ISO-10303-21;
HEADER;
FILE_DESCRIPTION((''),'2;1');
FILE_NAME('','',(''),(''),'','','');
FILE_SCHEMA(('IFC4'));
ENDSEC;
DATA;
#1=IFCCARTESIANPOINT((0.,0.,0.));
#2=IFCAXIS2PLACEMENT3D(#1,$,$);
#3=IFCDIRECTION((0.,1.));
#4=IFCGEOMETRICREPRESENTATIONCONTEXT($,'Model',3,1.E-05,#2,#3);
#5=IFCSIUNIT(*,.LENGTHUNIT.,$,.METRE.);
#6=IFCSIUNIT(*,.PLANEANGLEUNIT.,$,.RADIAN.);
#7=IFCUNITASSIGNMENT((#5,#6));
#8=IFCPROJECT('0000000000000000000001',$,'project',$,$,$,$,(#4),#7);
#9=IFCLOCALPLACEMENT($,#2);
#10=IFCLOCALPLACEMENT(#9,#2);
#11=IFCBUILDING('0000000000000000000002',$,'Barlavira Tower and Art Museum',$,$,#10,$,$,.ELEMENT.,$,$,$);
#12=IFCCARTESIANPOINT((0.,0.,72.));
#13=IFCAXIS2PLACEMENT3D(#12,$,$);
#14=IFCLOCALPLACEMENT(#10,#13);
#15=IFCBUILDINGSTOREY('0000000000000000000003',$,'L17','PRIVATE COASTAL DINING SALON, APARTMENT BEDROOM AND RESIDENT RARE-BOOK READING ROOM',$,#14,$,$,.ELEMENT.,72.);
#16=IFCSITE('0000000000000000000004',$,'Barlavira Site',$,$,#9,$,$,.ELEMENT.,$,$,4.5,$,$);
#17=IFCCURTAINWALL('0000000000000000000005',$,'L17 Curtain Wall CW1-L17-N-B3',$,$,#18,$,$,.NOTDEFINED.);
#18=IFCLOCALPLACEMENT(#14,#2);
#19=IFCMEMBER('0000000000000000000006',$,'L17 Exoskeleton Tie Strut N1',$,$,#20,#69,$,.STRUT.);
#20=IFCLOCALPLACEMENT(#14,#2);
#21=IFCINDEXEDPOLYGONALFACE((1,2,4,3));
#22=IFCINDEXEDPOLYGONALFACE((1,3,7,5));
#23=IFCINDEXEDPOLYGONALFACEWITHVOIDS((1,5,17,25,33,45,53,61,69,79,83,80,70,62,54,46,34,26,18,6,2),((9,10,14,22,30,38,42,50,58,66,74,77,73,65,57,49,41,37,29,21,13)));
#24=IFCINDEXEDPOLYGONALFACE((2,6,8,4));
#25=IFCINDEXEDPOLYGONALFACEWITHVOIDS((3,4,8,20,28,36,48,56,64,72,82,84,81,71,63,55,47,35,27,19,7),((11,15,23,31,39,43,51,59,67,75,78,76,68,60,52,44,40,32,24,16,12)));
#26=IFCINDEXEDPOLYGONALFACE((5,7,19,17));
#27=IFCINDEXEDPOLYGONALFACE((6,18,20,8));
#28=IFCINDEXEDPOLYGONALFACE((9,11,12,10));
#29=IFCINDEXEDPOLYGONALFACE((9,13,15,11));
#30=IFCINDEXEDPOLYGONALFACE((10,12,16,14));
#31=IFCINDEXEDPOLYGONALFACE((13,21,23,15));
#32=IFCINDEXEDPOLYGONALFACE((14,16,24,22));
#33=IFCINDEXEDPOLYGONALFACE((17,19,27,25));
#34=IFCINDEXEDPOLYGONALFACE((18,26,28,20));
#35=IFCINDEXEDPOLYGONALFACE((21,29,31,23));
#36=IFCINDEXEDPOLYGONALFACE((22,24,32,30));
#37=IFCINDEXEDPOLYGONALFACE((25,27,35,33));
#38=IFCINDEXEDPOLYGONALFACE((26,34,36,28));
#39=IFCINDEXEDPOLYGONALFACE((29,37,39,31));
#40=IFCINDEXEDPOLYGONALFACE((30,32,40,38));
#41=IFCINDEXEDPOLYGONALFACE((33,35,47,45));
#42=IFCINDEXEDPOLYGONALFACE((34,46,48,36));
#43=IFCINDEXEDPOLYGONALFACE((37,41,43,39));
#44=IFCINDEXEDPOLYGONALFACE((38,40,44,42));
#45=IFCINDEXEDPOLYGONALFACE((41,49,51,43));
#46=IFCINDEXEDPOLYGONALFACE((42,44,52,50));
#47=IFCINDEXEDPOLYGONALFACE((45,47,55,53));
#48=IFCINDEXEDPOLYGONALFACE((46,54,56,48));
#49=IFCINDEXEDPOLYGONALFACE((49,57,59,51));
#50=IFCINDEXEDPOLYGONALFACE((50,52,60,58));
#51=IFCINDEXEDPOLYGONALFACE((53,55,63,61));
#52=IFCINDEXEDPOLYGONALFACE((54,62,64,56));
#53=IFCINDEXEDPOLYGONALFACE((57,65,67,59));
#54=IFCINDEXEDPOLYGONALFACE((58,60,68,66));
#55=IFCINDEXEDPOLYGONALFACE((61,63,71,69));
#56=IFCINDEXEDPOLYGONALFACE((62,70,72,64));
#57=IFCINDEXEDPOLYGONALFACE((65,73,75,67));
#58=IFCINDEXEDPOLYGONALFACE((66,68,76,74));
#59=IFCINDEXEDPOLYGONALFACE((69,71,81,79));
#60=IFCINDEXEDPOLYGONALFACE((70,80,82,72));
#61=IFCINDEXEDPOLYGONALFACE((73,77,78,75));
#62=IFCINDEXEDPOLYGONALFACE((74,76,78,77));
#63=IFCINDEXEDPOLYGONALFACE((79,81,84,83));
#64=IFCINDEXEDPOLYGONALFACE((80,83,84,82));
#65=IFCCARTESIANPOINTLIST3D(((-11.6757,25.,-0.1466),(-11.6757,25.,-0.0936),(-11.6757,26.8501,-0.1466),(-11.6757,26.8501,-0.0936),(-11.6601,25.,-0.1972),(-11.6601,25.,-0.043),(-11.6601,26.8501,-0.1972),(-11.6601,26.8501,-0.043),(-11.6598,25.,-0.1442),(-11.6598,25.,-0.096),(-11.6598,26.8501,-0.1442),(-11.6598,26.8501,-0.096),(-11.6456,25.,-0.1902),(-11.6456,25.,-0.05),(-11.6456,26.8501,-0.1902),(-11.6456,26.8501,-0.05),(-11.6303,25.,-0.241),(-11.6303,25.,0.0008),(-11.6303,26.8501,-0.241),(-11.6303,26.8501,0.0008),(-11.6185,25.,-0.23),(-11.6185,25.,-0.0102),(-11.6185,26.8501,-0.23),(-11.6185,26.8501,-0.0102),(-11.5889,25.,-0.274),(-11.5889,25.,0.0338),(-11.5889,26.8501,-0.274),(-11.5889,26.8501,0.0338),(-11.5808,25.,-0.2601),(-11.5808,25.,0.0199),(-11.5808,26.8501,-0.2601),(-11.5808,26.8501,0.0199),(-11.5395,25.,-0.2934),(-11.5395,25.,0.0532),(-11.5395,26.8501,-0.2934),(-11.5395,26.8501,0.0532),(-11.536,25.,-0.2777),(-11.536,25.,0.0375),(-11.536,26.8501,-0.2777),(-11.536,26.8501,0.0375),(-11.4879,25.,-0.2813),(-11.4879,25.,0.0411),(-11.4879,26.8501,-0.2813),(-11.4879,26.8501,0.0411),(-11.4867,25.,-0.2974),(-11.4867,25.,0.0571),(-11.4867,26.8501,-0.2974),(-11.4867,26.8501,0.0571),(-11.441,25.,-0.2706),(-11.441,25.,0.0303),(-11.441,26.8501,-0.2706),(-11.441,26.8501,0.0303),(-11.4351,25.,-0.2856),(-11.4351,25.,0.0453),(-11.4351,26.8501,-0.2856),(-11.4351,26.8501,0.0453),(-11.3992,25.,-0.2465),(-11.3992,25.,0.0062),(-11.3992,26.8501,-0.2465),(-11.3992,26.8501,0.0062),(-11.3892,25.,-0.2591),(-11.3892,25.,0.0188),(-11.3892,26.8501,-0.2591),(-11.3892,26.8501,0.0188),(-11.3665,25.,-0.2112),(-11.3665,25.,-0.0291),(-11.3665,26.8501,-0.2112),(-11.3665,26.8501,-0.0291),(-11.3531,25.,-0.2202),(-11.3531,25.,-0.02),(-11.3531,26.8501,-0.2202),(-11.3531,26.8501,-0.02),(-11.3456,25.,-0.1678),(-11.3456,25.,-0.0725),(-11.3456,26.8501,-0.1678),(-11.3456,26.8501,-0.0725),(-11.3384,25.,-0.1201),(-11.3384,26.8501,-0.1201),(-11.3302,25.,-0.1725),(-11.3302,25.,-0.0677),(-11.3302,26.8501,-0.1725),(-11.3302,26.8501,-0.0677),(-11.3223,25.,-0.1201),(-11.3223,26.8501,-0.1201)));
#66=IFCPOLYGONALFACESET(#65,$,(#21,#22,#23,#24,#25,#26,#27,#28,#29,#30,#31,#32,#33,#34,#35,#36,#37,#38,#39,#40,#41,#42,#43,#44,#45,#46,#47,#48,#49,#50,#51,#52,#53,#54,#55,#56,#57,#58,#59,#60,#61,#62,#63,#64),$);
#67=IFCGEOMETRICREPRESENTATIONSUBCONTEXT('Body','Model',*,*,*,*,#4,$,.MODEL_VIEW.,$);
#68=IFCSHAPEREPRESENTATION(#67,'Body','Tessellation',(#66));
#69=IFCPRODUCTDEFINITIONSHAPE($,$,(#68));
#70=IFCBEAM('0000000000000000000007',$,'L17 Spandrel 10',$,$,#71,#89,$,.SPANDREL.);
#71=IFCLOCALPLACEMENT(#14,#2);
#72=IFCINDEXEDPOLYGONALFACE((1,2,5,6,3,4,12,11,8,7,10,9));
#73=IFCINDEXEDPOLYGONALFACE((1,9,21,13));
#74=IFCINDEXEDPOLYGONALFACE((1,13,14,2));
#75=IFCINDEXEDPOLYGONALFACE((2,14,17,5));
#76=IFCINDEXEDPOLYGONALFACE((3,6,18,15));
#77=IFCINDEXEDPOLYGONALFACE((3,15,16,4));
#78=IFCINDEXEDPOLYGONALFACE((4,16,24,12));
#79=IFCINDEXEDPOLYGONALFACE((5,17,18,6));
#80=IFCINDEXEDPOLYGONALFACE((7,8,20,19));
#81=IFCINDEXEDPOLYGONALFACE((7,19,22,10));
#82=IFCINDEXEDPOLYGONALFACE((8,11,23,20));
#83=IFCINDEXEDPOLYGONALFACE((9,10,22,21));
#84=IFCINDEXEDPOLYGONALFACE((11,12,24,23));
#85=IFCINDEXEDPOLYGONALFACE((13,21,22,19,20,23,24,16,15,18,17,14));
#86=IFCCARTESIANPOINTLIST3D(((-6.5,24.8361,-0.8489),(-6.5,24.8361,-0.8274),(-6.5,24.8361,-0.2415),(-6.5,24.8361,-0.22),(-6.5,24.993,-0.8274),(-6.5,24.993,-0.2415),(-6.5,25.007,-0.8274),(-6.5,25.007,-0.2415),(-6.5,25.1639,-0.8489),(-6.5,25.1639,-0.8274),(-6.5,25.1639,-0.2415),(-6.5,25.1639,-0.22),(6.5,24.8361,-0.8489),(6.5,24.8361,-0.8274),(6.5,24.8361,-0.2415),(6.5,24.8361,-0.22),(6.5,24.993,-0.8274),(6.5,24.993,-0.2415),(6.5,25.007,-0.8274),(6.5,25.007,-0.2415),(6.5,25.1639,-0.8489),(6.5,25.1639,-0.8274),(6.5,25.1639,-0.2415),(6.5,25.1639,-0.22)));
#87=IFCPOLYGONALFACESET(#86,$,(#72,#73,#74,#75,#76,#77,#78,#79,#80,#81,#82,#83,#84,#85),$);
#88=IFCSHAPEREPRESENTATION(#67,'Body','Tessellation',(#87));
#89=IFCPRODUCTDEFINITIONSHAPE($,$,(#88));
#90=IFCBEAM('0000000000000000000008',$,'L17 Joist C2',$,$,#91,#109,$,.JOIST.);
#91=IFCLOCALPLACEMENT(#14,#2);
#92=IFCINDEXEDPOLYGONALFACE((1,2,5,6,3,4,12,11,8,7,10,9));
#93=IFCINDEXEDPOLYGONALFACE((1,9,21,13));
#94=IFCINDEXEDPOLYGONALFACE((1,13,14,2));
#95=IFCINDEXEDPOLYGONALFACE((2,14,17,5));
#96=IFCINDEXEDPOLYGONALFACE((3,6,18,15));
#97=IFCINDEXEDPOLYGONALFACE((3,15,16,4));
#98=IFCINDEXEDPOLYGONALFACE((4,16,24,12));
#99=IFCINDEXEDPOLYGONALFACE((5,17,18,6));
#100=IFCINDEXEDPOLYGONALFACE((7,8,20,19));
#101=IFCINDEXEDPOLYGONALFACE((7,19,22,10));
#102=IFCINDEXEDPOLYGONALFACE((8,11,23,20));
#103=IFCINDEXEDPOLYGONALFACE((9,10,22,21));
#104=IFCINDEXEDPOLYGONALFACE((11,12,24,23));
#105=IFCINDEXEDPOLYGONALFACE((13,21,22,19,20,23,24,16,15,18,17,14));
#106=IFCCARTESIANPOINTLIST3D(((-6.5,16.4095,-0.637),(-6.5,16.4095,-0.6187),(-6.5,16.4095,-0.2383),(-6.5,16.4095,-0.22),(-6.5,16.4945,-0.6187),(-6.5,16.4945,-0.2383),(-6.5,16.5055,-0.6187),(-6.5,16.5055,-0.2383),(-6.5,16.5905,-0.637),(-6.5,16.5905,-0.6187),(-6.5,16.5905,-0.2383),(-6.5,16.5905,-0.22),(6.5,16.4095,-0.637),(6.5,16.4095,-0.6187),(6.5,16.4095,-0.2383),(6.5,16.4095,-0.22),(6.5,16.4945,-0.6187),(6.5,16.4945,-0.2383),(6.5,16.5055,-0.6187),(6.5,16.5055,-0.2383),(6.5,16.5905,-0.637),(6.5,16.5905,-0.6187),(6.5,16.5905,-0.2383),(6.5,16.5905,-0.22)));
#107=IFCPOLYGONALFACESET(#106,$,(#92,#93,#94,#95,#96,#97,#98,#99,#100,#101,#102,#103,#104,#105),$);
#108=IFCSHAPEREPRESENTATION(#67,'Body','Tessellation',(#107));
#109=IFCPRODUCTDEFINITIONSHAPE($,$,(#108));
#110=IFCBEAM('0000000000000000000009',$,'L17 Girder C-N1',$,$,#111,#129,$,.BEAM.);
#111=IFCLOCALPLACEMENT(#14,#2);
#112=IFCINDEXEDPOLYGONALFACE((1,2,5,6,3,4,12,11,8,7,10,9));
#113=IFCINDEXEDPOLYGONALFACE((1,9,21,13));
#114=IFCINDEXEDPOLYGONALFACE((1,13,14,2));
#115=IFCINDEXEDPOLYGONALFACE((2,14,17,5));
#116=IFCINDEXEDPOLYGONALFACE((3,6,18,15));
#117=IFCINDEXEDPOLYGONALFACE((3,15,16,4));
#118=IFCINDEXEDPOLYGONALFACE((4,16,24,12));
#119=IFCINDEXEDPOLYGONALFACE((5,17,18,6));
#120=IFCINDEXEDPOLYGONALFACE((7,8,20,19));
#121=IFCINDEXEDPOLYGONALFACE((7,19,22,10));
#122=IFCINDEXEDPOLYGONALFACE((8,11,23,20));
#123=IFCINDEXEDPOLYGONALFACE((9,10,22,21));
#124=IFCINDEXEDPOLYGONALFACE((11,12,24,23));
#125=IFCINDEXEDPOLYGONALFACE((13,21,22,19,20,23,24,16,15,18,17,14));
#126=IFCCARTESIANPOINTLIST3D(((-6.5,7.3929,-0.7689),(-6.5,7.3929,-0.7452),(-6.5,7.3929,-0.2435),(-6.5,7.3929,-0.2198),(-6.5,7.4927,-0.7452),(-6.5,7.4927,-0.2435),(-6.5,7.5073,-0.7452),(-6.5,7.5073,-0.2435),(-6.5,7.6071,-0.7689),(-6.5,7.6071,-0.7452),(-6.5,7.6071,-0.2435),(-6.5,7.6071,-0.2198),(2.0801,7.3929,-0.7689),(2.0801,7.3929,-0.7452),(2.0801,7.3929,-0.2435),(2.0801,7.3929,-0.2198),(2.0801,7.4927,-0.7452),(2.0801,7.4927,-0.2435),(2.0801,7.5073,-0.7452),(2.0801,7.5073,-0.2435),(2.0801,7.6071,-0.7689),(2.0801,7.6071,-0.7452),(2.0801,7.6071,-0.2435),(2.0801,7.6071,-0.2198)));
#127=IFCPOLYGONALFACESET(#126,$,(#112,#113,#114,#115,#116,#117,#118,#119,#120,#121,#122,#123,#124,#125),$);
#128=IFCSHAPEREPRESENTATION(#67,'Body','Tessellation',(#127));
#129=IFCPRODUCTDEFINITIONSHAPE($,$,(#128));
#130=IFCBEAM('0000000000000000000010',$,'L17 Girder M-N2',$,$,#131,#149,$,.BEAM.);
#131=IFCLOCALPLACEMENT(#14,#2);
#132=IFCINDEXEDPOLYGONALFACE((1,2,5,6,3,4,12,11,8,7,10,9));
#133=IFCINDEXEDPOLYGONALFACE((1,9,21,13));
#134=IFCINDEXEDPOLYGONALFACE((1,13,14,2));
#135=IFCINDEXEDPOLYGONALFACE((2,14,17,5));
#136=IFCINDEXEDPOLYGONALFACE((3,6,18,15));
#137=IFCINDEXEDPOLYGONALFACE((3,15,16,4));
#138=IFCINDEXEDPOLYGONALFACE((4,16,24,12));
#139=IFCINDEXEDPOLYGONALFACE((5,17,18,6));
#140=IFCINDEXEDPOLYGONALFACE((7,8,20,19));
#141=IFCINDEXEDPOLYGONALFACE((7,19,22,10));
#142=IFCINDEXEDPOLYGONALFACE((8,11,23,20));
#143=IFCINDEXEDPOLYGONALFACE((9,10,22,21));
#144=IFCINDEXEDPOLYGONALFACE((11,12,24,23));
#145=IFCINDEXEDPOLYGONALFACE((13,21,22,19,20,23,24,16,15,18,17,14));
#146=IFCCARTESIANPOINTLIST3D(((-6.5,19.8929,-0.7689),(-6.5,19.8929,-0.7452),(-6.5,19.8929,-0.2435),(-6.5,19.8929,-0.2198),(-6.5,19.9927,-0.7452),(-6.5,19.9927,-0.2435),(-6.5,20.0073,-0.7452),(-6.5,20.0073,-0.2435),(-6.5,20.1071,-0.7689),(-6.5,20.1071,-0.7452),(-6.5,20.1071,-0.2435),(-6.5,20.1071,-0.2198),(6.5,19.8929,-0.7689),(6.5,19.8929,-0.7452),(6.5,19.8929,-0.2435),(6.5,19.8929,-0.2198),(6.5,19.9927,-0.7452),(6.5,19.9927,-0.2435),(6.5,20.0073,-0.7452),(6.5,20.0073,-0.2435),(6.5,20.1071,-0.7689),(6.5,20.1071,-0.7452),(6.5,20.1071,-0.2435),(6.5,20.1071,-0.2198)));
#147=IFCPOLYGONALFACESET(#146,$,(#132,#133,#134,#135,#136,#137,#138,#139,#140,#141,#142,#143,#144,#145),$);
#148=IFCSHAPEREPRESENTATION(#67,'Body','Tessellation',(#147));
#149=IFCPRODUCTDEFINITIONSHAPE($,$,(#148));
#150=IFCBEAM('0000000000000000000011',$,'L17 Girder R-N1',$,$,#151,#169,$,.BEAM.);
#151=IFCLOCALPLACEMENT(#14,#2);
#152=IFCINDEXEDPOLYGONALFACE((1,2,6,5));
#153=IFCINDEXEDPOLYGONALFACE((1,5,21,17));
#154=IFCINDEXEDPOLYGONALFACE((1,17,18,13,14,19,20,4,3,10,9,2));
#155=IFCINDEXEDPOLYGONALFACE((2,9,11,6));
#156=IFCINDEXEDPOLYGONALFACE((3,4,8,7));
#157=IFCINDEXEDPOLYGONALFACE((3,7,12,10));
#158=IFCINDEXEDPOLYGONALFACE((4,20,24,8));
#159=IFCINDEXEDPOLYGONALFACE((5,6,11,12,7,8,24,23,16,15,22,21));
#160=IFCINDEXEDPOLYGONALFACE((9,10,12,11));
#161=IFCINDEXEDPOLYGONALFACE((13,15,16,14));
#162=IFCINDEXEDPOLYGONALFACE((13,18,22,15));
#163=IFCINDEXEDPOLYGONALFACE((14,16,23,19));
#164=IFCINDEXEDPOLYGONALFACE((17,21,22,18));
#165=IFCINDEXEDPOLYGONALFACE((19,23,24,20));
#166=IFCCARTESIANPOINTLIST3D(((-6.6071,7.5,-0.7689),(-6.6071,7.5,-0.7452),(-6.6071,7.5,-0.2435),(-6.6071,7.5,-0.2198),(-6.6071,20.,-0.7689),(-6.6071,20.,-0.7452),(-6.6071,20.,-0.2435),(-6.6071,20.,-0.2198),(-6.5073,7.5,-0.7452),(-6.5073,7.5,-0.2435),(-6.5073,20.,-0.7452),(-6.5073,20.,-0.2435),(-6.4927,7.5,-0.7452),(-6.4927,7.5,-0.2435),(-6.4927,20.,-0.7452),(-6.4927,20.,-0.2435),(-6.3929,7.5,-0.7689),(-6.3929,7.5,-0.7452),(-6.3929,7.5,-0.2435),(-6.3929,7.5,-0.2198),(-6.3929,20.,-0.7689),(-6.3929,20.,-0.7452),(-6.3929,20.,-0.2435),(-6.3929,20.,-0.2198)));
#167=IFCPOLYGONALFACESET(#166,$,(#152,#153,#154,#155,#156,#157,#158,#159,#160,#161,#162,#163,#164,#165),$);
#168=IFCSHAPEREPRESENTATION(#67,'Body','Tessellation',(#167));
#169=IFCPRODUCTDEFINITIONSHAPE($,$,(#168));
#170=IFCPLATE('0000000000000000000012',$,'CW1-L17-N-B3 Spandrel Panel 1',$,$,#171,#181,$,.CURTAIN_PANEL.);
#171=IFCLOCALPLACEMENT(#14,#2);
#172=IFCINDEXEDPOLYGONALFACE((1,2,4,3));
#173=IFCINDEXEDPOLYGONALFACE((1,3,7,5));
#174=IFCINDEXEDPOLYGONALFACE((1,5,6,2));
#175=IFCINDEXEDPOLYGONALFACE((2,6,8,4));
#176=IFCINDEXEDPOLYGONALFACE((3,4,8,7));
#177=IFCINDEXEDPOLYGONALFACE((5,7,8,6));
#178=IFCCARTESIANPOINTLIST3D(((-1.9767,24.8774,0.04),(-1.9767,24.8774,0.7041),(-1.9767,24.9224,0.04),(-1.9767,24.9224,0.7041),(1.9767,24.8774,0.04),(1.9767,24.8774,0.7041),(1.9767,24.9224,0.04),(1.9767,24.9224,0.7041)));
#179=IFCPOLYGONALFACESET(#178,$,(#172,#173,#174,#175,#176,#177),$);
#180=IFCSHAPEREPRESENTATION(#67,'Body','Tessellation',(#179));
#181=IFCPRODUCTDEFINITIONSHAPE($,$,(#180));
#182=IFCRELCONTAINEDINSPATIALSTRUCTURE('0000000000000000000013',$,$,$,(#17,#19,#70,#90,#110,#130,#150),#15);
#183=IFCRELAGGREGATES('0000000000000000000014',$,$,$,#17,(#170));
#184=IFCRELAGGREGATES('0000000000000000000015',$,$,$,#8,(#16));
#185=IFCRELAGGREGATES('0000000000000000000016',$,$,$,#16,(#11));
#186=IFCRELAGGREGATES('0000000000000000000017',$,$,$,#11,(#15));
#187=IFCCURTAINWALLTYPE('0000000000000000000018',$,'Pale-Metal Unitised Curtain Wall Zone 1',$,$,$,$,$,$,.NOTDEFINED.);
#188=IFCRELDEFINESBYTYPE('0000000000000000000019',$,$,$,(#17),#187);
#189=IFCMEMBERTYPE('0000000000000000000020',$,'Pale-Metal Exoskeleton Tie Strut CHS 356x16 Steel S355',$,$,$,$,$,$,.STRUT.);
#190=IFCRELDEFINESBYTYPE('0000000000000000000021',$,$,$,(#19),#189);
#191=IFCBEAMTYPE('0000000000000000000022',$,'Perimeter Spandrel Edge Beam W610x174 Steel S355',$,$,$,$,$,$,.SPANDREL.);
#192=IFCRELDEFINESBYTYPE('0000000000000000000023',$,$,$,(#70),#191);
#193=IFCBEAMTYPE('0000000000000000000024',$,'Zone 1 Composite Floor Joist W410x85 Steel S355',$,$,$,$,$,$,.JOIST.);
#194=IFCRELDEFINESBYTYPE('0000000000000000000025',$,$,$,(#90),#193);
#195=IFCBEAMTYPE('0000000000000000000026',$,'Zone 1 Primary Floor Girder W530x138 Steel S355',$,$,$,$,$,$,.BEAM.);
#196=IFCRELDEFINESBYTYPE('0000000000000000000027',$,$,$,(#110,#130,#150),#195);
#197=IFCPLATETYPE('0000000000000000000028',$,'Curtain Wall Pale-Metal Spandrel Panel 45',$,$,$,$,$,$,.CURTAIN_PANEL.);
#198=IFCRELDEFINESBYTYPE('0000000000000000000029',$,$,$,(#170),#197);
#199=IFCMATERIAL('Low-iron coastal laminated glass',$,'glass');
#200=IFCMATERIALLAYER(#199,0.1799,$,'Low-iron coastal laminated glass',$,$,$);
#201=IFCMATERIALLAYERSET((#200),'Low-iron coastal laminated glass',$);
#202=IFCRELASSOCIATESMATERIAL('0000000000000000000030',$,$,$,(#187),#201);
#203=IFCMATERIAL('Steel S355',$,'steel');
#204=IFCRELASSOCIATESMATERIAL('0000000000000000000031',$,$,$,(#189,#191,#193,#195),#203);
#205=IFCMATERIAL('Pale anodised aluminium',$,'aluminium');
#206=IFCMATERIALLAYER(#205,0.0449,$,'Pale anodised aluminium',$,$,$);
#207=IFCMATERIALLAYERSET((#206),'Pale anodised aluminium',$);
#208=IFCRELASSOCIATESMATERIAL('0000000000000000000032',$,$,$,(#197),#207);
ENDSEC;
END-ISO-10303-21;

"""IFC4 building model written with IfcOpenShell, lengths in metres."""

from ifc_helpers import new_model, si_unit, direction, frame, origin, origin_2d, place, context, subcontext, project, spatial, rectangle, hollow_circle, i_section, extrude, material, layer, layer_set, material_profile, profile_set, type_object, element, aggregate, save


model = new_model("IFC4")

# Units and contexts
model_context = context("Model", 3, precision=1e-05, world=origin(), true_north=direction((0.0, 1.0)))
body_context = subcontext(model_context, "Body", "Model", "MODEL_VIEW")
ifc_project = project(units=[si_unit("LENGTHUNIT", "METRE"), si_unit("PLANEANGLEUNIT", "RADIAN")], contexts=[model_context])

# Site, building, storey
site_placement = place(None, origin())
site = spatial("IfcSite", under=ifc_project, at=site_placement, Name="Barlavira Site", CompositionType="ELEMENT", RefElevation=4.5)
building_placement = place(site_placement, origin())
building = spatial("IfcBuilding", under=site, at=building_placement, Name="Barlavira Tower and Art Museum", CompositionType="ELEMENT")
storey_placement = place(building_placement, frame((0.0, 0.0, 72.0)))
storey = spatial("IfcBuildingStorey", under=building, at=storey_placement, Name="L17", Description="PRIVATE COASTAL DINING SALON, APARTMENT BEDROOM AND RESIDENT RARE-BOOK READING ROOM", CompositionType="ELEMENT", Elevation=72.0)

# Shared definitions
ifc_material_1 = material(Name="Steel S355", Category="steel")

# Curtain wall
ifc_material_2 = material(Name="Low-iron coastal laminated glass", Category="glass")
ifc_layer_1 = layer(ifc_material_2, 0.1799, Name="Low-iron coastal laminated glass")
ifc_layer_set_1 = layer_set([ifc_layer_1], Name="Low-iron coastal laminated glass")
curtain_wall_type = type_object("IfcCurtainWallType", Name="Pale-Metal Unitised Curtain Wall Zone 1", PredefinedType="NOTDEFINED", material=ifc_layer_set_1)
curtain_wall_placement = place(storey_placement, origin())
curtain_wall = element("IfcCurtainWall", 1, at=curtain_wall_placement, inside=storey, type_object=curtain_wall_type, Name="L17 Curtain Wall CW1-L17-N-B3", PredefinedType="NOTDEFINED")
ifc_material_3 = material(Name="Pale anodised aluminium", Category="aluminium")

# Member
ifc_material_profile_1 = material_profile(ifc_material_1, hollow_circle(Radius=0.1777, WallThickness=0.0161, at=origin_2d()), Name="CHS 355.6x16.0")
ifc_profile_set_1 = profile_set([ifc_material_profile_1], Name="Steel S355")
member_type_1 = type_object("IfcMemberType", Name="Pale-Metal Exoskeleton Tie Strut CHS 356x16 Steel S355", PredefinedType="STRUT", material=ifc_profile_set_1)
member_1_placement = place(storey_placement, frame((-11.5, 26.8501, -0.1201), z_axis=(0.0, -1.0, 0.0), x_axis=(1.0, 0.0, 0.0)))
element("IfcMember", 2, at=member_1_placement, inside=storey, type_object=member_type_1, Name="L17 Exoskeleton Tie Strut N1", PredefinedType="STRUT", context=body_context, shape_type="SweptSolid", body=[
    extrude(hollow_circle(Radius=0.1777, WallThickness=0.0161, at=origin_2d()), origin(), (0.0, 0.0, 1.0), 1.8501),
])

# Beams
ifc_material_profile_2 = material_profile(ifc_material_1, i_section(OverallWidth=0.3279, OverallDepth=0.6289, WebThickness=0.0139, FlangeThickness=0.0215, at=origin_2d()), Name="W610x174.0")
ifc_profile_set_2 = profile_set([ifc_material_profile_2], Name="Steel S355")
beam_type_1 = type_object("IfcBeamType", Name="Perimeter Spandrel Edge Beam W610x174 Steel S355", PredefinedType="SPANDREL", material=ifc_profile_set_2)
beam_1_placement = place(storey_placement, frame((-6.5, 25.0, -0.5344), z_axis=(1.0, 0.0, 0.0), x_axis=(0.0, 1.0, 0.0)))
element("IfcBeam", 3, at=beam_1_placement, inside=storey, type_object=beam_type_1, Name="L17 Spandrel 10", PredefinedType="SPANDREL", context=body_context, shape_type="SweptSolid", body=[
    extrude(i_section(OverallWidth=0.3279, OverallDepth=0.6289, WebThickness=0.0139, FlangeThickness=0.0215, at=origin_2d()), origin(), (0.0, 0.0, 1.0), 13.0),
])
ifc_material_profile_3 = material_profile(ifc_material_1, i_section(OverallWidth=0.1809, OverallDepth=0.417, WebThickness=0.011, FlangeThickness=0.0183, at=origin_2d()), Name="W410x85.0")
ifc_profile_set_3 = profile_set([ifc_material_profile_3], Name="Steel S355")
beam_type_2 = type_object("IfcBeamType", Name="Zone 1 Composite Floor Joist W410x85 Steel S355", PredefinedType="JOIST", material=ifc_profile_set_3)
beam_2_placement = place(storey_placement, frame((-6.5, 16.5, -0.4285), z_axis=(1.0, 0.0, 0.0), x_axis=(0.0, 1.0, 0.0)))
element("IfcBeam", 4, at=beam_2_placement, inside=storey, type_object=beam_type_2, Name="L17 Joist C2", PredefinedType="JOIST", context=body_context, shape_type="SweptSolid", body=[
    extrude(i_section(OverallWidth=0.1809, OverallDepth=0.417, WebThickness=0.011, FlangeThickness=0.0183, at=origin_2d()), origin(), (0.0, 0.0, 1.0), 13.0),
])
ifc_material_profile_4 = material_profile(ifc_material_1, i_section(OverallWidth=0.2141, OverallDepth=0.5491, WebThickness=0.0146, FlangeThickness=0.0237, at=origin_2d()), Name="W530x138.0")
ifc_profile_set_4 = profile_set([ifc_material_profile_4], Name="Steel S355")
beam_type_3 = type_object("IfcBeamType", Name="Zone 1 Primary Floor Girder W530x138 Steel S355", PredefinedType="BEAM", material=ifc_profile_set_4)
beam_3_placement = place(storey_placement, frame((-6.5, 7.5, -0.4944), z_axis=(1.0, 0.0, 0.0), x_axis=(0.0, 1.0, 0.0)))
element("IfcBeam", 5, at=beam_3_placement, inside=storey, type_object=beam_type_3, Name="L17 Girder C-N1", PredefinedType="BEAM", context=body_context, shape_type="SweptSolid", body=[
    extrude(i_section(OverallWidth=0.2141, OverallDepth=0.5491, WebThickness=0.0146, FlangeThickness=0.0237, at=origin_2d()), origin(), (0.0, 0.0, 1.0), 8.5801),
])
beam_4_placement = place(storey_placement, frame((-6.5, 20.0, -0.4944), z_axis=(1.0, 0.0, 0.0), x_axis=(0.0, 1.0, 0.0)))
element("IfcBeam", 6, at=beam_4_placement, inside=storey, type_object=beam_type_3, Name="L17 Girder M-N2", PredefinedType="BEAM", context=body_context, shape_type="SweptSolid", body=[
    extrude(i_section(OverallWidth=0.2141, OverallDepth=0.5491, WebThickness=0.0146, FlangeThickness=0.0237, at=origin_2d()), origin(), (0.0, 0.0, 1.0), 13.0),
])
beam_5_placement = place(storey_placement, frame((-6.5, 7.5, -0.4944), z_axis=(0.0, 1.0, 0.0), x_axis=(-1.0, 0.0, 0.0)))
element("IfcBeam", 7, at=beam_5_placement, inside=storey, type_object=beam_type_3, Name="L17 Girder R-N1", PredefinedType="BEAM", context=body_context, shape_type="SweptSolid", body=[
    extrude(i_section(OverallWidth=0.2141, OverallDepth=0.5491, WebThickness=0.0146, FlangeThickness=0.0237, at=origin_2d()), origin(), (0.0, 0.0, 1.0), 12.5),
])

# Plate
ifc_layer_2 = layer(ifc_material_3, 0.0449, Name="Pale anodised aluminium")
ifc_layer_set_2 = layer_set([ifc_layer_2], Name="Pale anodised aluminium")
plate_type_1 = type_object("IfcPlateType", Name="Curtain Wall Pale-Metal Spandrel Panel 45", PredefinedType="CURTAIN_PANEL", material=ifc_layer_set_2)
plate_1_placement = place(storey_placement, frame((0.0, 24.8999, 0.04), z_axis=(0.0, 0.0, 1.0), x_axis=(-1.0, 0.0, 0.0)))
plate_1 = element("IfcPlate", 8, at=plate_1_placement, type_object=plate_type_1, Name="CW1-L17-N-B3 Spandrel Panel 1", PredefinedType="CURTAIN_PANEL", context=body_context, shape_type="SweptSolid", body=[
    extrude(rectangle(XDim=3.9534, YDim=0.0449, at=origin_2d()), origin(), (0.0, 0.0, 1.0), 0.6641),
])
aggregate(curtain_wall, [plate_1])

save(model, "model.ifc")
